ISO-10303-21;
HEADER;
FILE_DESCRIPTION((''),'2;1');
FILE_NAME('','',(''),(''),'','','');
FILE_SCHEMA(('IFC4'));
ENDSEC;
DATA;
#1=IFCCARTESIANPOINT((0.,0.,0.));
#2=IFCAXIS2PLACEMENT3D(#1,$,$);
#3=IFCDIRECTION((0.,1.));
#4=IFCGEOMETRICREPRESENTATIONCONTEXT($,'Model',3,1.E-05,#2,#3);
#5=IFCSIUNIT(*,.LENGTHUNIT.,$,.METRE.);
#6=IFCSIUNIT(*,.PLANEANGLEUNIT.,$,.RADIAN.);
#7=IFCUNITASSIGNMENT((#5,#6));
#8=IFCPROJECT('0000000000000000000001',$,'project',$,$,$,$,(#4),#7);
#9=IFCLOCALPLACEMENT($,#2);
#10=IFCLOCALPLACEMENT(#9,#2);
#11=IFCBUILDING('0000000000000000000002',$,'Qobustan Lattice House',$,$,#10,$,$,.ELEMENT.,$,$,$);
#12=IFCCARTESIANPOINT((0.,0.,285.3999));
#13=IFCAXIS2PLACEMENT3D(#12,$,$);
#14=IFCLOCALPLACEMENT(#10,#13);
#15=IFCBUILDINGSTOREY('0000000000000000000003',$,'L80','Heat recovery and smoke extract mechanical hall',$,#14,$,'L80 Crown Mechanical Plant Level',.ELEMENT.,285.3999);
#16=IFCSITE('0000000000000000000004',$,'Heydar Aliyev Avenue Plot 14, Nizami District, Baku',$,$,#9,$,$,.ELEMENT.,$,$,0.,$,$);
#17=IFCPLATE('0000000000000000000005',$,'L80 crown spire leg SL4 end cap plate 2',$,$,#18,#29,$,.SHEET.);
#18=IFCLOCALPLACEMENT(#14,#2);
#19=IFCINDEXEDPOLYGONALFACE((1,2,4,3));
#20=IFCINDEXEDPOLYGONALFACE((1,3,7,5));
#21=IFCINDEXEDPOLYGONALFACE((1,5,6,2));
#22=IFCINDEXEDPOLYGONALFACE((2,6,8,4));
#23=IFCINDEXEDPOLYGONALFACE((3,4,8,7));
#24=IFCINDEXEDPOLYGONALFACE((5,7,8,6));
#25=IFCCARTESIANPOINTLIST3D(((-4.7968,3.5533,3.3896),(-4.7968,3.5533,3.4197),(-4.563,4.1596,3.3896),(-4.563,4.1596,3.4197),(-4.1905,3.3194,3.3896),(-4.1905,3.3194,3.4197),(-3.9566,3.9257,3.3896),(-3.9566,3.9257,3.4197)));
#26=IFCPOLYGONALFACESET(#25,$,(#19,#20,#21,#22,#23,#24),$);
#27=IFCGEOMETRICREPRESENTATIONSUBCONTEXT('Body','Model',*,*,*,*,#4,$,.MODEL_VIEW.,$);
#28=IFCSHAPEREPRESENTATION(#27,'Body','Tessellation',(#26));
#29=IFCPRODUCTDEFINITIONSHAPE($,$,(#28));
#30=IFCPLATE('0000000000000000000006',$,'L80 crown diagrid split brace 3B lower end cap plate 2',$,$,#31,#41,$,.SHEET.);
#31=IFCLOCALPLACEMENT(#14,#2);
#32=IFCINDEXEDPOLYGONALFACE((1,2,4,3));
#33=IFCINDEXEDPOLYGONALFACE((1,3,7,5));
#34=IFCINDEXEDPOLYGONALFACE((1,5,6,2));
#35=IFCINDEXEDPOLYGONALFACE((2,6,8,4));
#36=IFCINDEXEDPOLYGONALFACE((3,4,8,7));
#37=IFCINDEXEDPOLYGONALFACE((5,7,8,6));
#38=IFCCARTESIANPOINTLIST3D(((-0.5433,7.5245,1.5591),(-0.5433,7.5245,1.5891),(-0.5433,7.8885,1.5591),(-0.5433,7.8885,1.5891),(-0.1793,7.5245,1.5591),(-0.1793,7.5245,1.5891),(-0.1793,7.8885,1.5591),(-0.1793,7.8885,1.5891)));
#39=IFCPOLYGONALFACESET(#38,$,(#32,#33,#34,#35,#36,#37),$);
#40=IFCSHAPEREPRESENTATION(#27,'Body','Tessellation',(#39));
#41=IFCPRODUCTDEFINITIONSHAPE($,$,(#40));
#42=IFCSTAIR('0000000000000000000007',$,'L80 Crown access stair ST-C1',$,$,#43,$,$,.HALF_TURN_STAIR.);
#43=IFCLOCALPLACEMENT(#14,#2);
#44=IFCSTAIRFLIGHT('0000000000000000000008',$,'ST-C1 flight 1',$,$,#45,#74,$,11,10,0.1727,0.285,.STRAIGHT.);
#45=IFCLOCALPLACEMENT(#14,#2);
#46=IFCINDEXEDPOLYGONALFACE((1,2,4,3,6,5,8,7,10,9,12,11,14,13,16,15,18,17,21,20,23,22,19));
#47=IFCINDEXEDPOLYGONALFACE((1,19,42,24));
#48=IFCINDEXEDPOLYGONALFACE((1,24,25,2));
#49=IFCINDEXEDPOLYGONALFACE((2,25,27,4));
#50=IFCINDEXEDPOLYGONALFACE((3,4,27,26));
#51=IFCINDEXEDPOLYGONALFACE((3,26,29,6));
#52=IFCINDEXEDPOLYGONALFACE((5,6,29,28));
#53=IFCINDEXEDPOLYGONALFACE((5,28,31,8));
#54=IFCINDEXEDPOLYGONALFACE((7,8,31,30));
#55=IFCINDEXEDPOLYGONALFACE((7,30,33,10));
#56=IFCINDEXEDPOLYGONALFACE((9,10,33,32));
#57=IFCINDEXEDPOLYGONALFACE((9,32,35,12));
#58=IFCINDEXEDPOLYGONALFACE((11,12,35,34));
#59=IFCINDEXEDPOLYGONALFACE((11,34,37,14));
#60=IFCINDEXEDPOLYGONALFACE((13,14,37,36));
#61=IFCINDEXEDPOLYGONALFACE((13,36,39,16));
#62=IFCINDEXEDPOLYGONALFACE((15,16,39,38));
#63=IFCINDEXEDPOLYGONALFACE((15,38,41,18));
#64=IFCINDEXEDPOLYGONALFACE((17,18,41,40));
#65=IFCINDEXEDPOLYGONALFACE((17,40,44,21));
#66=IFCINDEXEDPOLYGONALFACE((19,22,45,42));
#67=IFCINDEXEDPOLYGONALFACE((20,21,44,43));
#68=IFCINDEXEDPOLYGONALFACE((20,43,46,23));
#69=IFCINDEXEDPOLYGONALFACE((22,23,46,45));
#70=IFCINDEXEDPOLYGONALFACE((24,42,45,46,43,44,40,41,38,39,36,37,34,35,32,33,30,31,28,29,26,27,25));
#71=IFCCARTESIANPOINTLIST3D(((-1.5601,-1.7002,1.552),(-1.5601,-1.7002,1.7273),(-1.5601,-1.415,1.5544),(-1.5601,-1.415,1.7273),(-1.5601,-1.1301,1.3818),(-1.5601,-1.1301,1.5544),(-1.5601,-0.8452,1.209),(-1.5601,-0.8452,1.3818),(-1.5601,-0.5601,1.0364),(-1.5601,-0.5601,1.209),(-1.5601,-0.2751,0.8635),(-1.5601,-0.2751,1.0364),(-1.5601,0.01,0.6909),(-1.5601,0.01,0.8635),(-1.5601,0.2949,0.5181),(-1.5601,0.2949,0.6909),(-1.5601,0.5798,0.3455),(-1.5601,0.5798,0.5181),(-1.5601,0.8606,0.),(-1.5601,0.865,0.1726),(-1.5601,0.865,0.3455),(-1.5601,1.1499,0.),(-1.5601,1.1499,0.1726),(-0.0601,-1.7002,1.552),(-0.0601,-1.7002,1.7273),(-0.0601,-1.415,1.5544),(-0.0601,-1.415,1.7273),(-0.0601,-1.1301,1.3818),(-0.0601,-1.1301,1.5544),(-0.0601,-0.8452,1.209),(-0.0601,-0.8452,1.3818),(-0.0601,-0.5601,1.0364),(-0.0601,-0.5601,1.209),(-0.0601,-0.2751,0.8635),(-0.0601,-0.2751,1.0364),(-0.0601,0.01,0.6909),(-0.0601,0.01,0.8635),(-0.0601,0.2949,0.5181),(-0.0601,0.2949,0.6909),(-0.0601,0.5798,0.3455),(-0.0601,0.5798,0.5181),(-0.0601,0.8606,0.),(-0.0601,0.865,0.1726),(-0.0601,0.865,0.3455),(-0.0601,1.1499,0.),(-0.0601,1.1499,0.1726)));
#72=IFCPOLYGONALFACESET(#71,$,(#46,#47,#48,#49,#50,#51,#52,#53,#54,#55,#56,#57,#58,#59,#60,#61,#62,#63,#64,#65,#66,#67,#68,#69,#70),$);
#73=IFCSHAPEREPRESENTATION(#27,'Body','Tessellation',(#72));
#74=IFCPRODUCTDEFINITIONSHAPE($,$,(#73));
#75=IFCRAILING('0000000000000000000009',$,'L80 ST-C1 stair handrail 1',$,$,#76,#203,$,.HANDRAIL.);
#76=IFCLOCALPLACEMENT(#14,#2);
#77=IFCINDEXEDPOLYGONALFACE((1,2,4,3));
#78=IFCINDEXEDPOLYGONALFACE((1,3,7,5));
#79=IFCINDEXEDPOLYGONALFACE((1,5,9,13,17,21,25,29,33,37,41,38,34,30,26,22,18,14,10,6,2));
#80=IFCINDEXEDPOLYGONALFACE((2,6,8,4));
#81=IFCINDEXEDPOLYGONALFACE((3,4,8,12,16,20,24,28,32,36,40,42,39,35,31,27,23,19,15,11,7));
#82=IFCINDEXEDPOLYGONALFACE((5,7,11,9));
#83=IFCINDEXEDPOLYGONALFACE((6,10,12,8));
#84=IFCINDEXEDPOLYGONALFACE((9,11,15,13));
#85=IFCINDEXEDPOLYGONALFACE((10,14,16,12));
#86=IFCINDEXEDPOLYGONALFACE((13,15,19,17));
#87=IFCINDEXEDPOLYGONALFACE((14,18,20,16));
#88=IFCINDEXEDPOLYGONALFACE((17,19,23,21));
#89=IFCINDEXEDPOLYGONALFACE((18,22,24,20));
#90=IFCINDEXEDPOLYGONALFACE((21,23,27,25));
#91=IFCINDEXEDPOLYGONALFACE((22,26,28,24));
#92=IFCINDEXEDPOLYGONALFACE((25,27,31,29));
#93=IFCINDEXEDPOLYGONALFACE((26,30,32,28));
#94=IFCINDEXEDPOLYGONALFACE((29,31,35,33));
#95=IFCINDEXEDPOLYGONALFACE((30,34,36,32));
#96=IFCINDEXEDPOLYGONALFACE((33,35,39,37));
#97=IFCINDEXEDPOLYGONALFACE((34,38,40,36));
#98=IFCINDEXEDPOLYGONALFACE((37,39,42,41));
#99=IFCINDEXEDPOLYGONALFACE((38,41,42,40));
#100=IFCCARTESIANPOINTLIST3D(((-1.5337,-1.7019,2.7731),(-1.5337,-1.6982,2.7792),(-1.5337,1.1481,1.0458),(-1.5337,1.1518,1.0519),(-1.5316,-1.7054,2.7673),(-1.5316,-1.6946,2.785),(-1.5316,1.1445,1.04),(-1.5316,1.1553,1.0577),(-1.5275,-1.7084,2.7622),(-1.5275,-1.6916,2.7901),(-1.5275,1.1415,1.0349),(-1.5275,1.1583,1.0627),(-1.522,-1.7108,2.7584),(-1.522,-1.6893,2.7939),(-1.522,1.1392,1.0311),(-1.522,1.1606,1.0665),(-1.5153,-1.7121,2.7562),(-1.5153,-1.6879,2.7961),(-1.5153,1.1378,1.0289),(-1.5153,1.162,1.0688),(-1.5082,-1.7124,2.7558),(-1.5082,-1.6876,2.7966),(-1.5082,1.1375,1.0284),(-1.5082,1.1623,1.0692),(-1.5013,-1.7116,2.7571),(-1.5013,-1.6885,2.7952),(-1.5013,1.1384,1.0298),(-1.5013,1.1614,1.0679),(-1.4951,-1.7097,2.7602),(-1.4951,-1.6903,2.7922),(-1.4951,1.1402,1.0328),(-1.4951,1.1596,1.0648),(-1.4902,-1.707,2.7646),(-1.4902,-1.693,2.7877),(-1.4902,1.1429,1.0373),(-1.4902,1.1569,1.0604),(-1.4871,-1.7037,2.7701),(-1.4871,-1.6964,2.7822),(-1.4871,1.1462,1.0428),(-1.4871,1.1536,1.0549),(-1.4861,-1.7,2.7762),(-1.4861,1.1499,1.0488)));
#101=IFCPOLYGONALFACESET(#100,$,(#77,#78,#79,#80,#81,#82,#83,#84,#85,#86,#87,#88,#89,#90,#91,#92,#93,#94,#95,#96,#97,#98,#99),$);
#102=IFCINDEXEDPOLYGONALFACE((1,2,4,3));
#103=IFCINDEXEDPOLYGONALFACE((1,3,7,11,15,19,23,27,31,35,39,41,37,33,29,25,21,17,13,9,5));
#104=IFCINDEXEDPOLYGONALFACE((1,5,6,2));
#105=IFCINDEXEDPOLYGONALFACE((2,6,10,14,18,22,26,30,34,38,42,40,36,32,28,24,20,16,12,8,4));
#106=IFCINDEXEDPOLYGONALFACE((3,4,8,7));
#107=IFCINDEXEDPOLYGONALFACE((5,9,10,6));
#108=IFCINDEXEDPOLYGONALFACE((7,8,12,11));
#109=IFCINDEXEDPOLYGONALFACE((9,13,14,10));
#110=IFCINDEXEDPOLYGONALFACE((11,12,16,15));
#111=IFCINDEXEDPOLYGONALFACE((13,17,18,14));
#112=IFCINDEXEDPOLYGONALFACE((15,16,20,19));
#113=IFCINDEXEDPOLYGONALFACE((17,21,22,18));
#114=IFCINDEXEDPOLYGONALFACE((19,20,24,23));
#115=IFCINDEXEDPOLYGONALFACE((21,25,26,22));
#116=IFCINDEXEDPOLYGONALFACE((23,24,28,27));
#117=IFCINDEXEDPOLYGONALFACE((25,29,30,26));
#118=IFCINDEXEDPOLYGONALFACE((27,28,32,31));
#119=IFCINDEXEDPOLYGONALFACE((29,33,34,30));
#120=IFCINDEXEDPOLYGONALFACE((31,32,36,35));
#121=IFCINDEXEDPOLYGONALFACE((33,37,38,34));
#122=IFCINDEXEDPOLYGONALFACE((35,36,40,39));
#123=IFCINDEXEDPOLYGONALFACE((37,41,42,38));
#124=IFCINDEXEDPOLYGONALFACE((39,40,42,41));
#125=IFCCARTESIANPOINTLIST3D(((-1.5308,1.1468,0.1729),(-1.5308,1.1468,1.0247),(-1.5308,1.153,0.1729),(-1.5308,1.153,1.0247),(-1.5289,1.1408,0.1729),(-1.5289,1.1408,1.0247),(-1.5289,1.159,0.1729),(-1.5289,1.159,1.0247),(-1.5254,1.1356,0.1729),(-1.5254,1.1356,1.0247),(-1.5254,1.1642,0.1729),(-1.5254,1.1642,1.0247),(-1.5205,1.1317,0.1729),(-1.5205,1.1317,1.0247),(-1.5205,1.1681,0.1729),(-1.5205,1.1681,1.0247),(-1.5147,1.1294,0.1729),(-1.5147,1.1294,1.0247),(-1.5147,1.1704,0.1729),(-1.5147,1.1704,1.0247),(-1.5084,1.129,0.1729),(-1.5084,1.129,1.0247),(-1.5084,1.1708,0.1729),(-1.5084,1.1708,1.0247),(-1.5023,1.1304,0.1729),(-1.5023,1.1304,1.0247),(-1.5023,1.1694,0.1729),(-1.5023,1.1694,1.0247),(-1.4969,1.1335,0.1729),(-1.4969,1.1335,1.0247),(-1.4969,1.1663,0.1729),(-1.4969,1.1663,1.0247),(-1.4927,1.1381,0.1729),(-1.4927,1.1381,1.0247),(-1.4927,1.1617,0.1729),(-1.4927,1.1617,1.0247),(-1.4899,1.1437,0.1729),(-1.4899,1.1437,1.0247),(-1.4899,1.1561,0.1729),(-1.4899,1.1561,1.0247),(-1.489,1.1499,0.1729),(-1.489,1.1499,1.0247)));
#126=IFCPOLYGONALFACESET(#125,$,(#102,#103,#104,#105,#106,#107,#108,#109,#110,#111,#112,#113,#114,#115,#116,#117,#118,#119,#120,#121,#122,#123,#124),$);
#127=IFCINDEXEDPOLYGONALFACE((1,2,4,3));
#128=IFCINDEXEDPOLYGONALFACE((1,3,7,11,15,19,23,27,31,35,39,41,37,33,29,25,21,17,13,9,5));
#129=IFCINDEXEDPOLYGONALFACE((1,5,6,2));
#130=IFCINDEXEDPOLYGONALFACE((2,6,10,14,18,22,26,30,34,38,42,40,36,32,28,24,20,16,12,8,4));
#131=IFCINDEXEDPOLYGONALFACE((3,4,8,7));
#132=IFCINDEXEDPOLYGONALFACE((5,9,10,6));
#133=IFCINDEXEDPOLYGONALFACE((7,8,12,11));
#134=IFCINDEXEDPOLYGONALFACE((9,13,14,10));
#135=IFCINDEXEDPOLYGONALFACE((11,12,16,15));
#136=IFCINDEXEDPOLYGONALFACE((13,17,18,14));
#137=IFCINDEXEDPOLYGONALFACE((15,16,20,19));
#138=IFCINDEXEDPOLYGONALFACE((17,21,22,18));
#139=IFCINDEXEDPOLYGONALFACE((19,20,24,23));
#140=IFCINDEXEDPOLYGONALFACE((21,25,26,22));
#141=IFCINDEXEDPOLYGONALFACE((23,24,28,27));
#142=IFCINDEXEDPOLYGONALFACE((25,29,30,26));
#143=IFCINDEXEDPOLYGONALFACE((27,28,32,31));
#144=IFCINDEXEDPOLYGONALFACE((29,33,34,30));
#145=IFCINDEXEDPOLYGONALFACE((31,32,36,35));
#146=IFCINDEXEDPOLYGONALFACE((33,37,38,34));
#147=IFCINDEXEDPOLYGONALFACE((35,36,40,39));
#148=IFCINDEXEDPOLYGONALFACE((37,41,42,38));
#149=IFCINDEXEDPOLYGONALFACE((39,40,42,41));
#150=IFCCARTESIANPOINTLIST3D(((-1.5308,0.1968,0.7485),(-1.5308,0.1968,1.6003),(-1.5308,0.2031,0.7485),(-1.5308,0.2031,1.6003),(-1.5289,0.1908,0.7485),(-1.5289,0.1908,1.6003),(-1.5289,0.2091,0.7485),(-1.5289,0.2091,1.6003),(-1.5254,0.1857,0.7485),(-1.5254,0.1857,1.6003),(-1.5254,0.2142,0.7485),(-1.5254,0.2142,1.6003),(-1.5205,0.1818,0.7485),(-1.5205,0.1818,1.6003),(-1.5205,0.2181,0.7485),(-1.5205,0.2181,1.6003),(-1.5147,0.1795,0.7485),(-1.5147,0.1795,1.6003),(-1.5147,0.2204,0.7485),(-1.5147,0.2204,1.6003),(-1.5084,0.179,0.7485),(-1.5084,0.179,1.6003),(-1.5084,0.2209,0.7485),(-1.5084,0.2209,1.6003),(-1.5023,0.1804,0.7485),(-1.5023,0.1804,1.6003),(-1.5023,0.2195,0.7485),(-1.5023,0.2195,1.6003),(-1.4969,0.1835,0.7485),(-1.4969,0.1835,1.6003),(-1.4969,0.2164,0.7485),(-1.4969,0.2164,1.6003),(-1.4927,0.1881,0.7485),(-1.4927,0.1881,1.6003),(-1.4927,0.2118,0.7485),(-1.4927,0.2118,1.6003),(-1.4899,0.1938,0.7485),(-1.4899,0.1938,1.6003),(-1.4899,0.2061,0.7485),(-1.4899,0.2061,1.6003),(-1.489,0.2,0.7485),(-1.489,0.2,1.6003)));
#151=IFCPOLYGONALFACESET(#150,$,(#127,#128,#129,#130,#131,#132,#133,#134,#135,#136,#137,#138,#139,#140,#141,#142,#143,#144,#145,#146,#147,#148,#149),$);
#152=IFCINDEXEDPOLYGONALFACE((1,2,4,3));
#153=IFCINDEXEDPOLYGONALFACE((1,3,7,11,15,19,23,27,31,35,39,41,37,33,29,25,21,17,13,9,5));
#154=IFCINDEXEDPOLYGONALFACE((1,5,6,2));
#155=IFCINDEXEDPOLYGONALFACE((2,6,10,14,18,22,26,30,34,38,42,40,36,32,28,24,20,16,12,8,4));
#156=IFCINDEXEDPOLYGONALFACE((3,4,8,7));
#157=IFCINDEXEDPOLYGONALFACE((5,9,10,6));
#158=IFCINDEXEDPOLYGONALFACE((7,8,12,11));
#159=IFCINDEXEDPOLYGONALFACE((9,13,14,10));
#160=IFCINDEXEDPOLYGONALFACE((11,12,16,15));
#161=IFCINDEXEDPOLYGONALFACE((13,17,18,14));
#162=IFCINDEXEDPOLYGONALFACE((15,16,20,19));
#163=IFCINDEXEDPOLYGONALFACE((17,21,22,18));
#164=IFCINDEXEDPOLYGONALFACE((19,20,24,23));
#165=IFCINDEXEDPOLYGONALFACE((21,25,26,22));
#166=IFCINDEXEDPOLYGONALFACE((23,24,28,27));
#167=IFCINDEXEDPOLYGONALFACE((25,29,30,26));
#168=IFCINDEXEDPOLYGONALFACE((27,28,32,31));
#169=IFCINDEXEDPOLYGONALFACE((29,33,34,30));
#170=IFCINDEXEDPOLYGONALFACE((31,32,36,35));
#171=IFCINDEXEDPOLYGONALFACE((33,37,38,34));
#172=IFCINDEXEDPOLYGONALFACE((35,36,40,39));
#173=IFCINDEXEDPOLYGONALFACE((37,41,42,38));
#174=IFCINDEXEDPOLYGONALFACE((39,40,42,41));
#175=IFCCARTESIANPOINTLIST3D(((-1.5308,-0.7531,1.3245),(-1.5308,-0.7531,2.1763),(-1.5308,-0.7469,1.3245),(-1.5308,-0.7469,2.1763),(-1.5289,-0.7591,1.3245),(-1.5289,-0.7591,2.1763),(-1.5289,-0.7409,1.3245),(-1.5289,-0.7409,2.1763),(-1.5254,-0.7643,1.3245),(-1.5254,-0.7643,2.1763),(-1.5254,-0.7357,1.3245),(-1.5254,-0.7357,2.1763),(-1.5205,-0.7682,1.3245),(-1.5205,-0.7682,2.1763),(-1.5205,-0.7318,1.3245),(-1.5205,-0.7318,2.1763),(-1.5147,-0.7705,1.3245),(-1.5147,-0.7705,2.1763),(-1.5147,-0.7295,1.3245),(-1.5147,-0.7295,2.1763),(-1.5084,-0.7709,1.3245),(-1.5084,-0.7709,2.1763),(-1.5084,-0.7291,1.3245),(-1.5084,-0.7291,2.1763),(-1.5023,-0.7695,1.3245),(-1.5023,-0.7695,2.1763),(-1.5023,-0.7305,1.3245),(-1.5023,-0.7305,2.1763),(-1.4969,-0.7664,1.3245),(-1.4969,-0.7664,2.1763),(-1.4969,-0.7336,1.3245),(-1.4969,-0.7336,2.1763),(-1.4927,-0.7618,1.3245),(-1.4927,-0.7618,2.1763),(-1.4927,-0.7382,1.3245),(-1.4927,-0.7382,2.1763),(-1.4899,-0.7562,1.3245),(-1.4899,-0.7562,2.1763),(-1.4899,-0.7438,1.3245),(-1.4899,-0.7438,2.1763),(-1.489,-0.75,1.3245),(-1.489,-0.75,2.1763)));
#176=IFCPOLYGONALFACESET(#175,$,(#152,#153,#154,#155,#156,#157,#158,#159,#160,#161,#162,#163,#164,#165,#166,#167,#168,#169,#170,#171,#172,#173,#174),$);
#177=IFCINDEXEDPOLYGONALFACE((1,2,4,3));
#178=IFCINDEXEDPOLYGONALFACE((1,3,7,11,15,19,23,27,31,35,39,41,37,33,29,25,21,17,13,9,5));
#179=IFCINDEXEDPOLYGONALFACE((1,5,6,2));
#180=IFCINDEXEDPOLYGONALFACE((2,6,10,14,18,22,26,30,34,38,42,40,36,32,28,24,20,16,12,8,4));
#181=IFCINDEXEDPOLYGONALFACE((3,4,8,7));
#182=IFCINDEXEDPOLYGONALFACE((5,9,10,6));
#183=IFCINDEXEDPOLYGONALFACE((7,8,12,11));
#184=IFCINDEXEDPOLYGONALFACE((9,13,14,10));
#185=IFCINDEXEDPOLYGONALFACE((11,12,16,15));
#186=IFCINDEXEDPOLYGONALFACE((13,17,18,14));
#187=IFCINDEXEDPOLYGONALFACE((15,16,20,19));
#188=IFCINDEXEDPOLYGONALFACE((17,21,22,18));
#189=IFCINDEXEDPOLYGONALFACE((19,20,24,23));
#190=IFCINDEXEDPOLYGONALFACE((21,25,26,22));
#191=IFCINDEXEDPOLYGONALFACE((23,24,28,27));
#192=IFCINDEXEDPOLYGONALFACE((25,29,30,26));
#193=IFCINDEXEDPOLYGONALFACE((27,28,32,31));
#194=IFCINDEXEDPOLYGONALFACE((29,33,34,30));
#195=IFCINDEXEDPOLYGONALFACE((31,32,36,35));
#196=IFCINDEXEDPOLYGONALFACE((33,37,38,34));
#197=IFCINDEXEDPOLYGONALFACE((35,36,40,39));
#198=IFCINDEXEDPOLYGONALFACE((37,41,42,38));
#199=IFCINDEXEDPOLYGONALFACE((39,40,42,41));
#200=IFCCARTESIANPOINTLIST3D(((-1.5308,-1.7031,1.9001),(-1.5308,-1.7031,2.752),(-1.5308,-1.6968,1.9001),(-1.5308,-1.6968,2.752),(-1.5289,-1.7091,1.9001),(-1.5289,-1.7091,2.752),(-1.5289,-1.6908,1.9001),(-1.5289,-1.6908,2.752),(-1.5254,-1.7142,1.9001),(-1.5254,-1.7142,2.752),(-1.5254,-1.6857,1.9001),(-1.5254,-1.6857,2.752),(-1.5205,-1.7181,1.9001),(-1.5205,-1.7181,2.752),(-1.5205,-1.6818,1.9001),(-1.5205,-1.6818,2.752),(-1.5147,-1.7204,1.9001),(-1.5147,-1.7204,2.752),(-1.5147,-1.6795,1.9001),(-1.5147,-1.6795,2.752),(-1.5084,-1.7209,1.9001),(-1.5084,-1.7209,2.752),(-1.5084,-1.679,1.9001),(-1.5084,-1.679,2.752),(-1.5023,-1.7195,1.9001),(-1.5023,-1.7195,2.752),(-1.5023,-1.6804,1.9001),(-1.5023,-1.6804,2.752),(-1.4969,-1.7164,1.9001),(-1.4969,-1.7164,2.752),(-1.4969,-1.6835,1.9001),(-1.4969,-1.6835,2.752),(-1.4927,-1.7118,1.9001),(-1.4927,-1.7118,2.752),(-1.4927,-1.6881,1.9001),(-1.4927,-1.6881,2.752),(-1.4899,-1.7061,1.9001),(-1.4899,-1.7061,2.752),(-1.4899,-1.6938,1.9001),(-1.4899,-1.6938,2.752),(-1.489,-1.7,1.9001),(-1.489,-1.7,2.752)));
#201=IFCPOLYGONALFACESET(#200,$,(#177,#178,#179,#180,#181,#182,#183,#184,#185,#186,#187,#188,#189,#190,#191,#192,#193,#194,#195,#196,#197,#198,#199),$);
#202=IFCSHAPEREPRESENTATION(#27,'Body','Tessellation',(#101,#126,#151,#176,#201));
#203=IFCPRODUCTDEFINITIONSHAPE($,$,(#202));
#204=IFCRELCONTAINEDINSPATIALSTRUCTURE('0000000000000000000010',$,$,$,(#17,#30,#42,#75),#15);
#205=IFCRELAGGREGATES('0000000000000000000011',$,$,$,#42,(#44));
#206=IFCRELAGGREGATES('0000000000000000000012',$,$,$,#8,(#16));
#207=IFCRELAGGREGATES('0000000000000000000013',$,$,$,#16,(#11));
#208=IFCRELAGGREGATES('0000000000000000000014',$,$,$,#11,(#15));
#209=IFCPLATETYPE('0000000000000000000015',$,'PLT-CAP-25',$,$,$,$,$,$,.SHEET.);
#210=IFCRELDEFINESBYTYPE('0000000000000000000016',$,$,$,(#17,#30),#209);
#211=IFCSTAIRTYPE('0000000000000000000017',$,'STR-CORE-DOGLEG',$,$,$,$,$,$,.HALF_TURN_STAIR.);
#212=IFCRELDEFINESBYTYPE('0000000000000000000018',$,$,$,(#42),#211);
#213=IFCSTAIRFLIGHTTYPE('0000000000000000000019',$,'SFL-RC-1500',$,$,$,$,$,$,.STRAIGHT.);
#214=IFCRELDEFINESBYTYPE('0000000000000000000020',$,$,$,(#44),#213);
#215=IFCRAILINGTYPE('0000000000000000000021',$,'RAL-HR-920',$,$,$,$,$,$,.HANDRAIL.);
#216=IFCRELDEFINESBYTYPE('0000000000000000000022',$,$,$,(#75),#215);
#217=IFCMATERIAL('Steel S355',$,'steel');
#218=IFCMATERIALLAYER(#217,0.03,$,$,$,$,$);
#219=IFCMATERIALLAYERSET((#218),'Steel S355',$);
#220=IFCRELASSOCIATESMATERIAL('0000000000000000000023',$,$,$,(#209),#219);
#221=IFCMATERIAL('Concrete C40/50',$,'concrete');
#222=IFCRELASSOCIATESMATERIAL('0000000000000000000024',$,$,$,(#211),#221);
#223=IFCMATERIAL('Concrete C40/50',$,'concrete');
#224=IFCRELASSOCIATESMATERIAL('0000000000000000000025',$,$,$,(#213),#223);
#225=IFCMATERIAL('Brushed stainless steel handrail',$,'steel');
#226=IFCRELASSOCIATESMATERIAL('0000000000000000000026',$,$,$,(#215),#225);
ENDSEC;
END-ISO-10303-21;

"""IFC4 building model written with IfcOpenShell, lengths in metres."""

from ifc_helpers import new_model, si_unit, direction, frame, origin, origin_2d, place, context, subcontext, project, spatial, polyline, rectangle, circle, outline, extrude, material, layer, layer_set, type_object, element, aggregate, save


model = new_model("IFC4")

# Units and contexts
model_context = context("Model", 3, precision=1e-05, world=origin(), true_north=direction((0.0, 1.0)))
body_context = subcontext(model_context, "Body", "Model", "MODEL_VIEW")
ifc_project = project(units=[si_unit("LENGTHUNIT", "METRE"), si_unit("PLANEANGLEUNIT", "RADIAN")], contexts=[model_context])

# Site, building, storey
site_placement = place(None, origin())
site = spatial("IfcSite", under=ifc_project, at=site_placement, Name="Heydar Aliyev Avenue Plot 14, Nizami District, Baku", CompositionType="ELEMENT", RefElevation=0.0)
building_placement = place(site_placement, origin())
building = spatial("IfcBuilding", under=site, at=building_placement, Name="Qobustan Lattice House", CompositionType="ELEMENT")
storey_placement = place(building_placement, frame((0.0, 0.0, 285.3999)))
storey = spatial("IfcBuildingStorey", under=building, at=storey_placement, Name="L80", Description="Heat recovery and smoke extract mechanical hall", LongName="L80 Crown Mechanical Plant Level", CompositionType="ELEMENT", Elevation=285.3999)

# Plates
ifc_material_1 = material(Name="Steel S355", Category="steel")
ifc_layer_1 = layer(ifc_material_1, 0.03)
ifc_layer_set_1 = layer_set([ifc_layer_1], Name="Steel S355")
plate_type_1 = type_object("IfcPlateType", Name="PLT-CAP-25", PredefinedType="SHEET", material=ifc_layer_set_1)
for number, where, z_axis, x_axis, name in (
    (1, (-4.3767, 3.7395, 3.3896), (0.0, 0.0, 1.0), (0.933004, -0.359867, 0.0), "L80 crown spire leg SL4 end cap plate 2"),
):
    element("IfcPlate", number, at=place(storey_placement, frame(where, z_axis=z_axis, x_axis=x_axis)), inside=storey, type_object=plate_type_1, Name=name, PredefinedType="SHEET", context=body_context, shape_type="SweptSolid", body=[
        extrude(rectangle(XDim=0.6499, YDim=0.6499, at=origin_2d()), origin(), (0.0, 0.0, 1.0), 0.03),
    ])
plate_1_placement = place(storey_placement, frame((-0.3613, 7.7065, 1.5591), z_axis=(0.0, 0.0, 1.0), x_axis=(1.0, 0.0, 0.0)))
element("IfcPlate", 2, at=plate_1_placement, inside=storey, type_object=plate_type_1, Name="L80 crown diagrid split brace 3B lower end cap plate 2", PredefinedType="SHEET", context=body_context, shape_type="SweptSolid", body=[
    extrude(rectangle(XDim=0.364, YDim=0.364, at=origin_2d()), origin(), (0.0, 0.0, 1.0), 0.03),
])

# Stair, stair flight
ifc_material_2 = material(Name="Concrete C40/50", Category="concrete")
stair_type = type_object("IfcStairType", Name="STR-CORE-DOGLEG", PredefinedType="HALF_TURN_STAIR", material=ifc_material_2)
stair_placement = place(storey_placement, origin())
stair = element("IfcStair", 3, at=stair_placement, inside=storey, type_object=stair_type, Name="L80 Crown access stair ST-C1", PredefinedType="HALF_TURN_STAIR")
ifc_material_3 = material(Name="Concrete C40/50", Category="concrete")
stair_flight_type = type_object("IfcStairFlightType", Name="SFL-RC-1500", PredefinedType="STRAIGHT", material=ifc_material_3)
stair_flight_placement = place(storey_placement, frame((-0.8101, 1.1499, 0.0), z_axis=(0.0, 0.0, 1.0), x_axis=(0.0, -1.0, 0.0)))
stair_flight = element("IfcStairFlight", 4, at=stair_flight_placement, type_object=stair_flight_type, Name="ST-C1 flight 1", NumberOfRisers=11, NumberOfTreads=10, PredefinedType="STRAIGHT", RiserHeight=0.1727, TreadLength=0.285, context=body_context, shape_type="SweptSolid", body=[
    extrude(outline(polyline([(0.0, 0.0), (0.0, 0.1726), (0.2849, 0.1726), (0.2849, 0.3455), (0.5701, 0.3455), (0.5701, 0.5181), (0.855, 0.5181), (0.855, 0.6909), (1.1399, 0.6909), (1.1399, 0.8635), (1.425, 0.8635), (1.425, 1.0364), (1.71, 1.0364), (1.71, 1.209), (1.9951, 1.209), (1.9951, 1.3818), (2.28, 1.3818), (2.28, 1.5544), (2.5649, 1.5544), (2.5649, 1.7273), (2.8501, 1.7273), (2.8501, 1.8999), (2.8501, 1.552), (0.2893, 0.0), (0.0, 0.0)])), frame((0.0, 0.75, 0.0), z_axis=(0.0, -1.0, 0.0), x_axis=(1.0, 0.0, 0.0)), (0.0, 0.0, 1.0), 1.5),
])
aggregate(stair, [stair_flight])

# Railing
ifc_material_4 = material(Name="Brushed stainless steel handrail", Category="steel")
railing_type_1 = type_object("IfcRailingType", Name="RAL-HR-920", PredefinedType="HANDRAIL", material=ifc_material_4)
railing_1_placement = place(storey_placement, frame((-1.51, 1.1499, 0.1729)))
element("IfcRailing", 5, at=railing_1_placement, inside=storey, type_object=railing_type_1, Name="L80 ST-C1 stair handrail 1", PredefinedType="HANDRAIL", context=body_context, shape_type="SweptSolid", body=[
    extrude(circle(Radius=0.0239, at=origin_2d()), frame((0.0, 0.0, 0.876), z_axis=(0.0, -0.855183, 0.518326), x_axis=(1.0, 0.0, 0.0)), (0.0, 0.0, 1.0), 3.3325),
    extrude(circle(Radius=0.021, at=origin_2d()), origin(), (0.0, 0.0, 1.0), 0.8518),
    extrude(circle(Radius=0.021, at=origin_2d()), frame((0.0, -0.95, 0.5757)), (0.0, 0.0, 1.0), 0.8518),
    extrude(circle(Radius=0.021, at=origin_2d()), frame((0.0, -1.8999, 1.1516)), (0.0, 0.0, 1.0), 0.8518),
    extrude(circle(Radius=0.021, at=origin_2d()), frame((0.0, -2.8499, 1.7273)), (0.0, 0.0, 1.0), 0.8518),
])

save(model, "model.ifc")
